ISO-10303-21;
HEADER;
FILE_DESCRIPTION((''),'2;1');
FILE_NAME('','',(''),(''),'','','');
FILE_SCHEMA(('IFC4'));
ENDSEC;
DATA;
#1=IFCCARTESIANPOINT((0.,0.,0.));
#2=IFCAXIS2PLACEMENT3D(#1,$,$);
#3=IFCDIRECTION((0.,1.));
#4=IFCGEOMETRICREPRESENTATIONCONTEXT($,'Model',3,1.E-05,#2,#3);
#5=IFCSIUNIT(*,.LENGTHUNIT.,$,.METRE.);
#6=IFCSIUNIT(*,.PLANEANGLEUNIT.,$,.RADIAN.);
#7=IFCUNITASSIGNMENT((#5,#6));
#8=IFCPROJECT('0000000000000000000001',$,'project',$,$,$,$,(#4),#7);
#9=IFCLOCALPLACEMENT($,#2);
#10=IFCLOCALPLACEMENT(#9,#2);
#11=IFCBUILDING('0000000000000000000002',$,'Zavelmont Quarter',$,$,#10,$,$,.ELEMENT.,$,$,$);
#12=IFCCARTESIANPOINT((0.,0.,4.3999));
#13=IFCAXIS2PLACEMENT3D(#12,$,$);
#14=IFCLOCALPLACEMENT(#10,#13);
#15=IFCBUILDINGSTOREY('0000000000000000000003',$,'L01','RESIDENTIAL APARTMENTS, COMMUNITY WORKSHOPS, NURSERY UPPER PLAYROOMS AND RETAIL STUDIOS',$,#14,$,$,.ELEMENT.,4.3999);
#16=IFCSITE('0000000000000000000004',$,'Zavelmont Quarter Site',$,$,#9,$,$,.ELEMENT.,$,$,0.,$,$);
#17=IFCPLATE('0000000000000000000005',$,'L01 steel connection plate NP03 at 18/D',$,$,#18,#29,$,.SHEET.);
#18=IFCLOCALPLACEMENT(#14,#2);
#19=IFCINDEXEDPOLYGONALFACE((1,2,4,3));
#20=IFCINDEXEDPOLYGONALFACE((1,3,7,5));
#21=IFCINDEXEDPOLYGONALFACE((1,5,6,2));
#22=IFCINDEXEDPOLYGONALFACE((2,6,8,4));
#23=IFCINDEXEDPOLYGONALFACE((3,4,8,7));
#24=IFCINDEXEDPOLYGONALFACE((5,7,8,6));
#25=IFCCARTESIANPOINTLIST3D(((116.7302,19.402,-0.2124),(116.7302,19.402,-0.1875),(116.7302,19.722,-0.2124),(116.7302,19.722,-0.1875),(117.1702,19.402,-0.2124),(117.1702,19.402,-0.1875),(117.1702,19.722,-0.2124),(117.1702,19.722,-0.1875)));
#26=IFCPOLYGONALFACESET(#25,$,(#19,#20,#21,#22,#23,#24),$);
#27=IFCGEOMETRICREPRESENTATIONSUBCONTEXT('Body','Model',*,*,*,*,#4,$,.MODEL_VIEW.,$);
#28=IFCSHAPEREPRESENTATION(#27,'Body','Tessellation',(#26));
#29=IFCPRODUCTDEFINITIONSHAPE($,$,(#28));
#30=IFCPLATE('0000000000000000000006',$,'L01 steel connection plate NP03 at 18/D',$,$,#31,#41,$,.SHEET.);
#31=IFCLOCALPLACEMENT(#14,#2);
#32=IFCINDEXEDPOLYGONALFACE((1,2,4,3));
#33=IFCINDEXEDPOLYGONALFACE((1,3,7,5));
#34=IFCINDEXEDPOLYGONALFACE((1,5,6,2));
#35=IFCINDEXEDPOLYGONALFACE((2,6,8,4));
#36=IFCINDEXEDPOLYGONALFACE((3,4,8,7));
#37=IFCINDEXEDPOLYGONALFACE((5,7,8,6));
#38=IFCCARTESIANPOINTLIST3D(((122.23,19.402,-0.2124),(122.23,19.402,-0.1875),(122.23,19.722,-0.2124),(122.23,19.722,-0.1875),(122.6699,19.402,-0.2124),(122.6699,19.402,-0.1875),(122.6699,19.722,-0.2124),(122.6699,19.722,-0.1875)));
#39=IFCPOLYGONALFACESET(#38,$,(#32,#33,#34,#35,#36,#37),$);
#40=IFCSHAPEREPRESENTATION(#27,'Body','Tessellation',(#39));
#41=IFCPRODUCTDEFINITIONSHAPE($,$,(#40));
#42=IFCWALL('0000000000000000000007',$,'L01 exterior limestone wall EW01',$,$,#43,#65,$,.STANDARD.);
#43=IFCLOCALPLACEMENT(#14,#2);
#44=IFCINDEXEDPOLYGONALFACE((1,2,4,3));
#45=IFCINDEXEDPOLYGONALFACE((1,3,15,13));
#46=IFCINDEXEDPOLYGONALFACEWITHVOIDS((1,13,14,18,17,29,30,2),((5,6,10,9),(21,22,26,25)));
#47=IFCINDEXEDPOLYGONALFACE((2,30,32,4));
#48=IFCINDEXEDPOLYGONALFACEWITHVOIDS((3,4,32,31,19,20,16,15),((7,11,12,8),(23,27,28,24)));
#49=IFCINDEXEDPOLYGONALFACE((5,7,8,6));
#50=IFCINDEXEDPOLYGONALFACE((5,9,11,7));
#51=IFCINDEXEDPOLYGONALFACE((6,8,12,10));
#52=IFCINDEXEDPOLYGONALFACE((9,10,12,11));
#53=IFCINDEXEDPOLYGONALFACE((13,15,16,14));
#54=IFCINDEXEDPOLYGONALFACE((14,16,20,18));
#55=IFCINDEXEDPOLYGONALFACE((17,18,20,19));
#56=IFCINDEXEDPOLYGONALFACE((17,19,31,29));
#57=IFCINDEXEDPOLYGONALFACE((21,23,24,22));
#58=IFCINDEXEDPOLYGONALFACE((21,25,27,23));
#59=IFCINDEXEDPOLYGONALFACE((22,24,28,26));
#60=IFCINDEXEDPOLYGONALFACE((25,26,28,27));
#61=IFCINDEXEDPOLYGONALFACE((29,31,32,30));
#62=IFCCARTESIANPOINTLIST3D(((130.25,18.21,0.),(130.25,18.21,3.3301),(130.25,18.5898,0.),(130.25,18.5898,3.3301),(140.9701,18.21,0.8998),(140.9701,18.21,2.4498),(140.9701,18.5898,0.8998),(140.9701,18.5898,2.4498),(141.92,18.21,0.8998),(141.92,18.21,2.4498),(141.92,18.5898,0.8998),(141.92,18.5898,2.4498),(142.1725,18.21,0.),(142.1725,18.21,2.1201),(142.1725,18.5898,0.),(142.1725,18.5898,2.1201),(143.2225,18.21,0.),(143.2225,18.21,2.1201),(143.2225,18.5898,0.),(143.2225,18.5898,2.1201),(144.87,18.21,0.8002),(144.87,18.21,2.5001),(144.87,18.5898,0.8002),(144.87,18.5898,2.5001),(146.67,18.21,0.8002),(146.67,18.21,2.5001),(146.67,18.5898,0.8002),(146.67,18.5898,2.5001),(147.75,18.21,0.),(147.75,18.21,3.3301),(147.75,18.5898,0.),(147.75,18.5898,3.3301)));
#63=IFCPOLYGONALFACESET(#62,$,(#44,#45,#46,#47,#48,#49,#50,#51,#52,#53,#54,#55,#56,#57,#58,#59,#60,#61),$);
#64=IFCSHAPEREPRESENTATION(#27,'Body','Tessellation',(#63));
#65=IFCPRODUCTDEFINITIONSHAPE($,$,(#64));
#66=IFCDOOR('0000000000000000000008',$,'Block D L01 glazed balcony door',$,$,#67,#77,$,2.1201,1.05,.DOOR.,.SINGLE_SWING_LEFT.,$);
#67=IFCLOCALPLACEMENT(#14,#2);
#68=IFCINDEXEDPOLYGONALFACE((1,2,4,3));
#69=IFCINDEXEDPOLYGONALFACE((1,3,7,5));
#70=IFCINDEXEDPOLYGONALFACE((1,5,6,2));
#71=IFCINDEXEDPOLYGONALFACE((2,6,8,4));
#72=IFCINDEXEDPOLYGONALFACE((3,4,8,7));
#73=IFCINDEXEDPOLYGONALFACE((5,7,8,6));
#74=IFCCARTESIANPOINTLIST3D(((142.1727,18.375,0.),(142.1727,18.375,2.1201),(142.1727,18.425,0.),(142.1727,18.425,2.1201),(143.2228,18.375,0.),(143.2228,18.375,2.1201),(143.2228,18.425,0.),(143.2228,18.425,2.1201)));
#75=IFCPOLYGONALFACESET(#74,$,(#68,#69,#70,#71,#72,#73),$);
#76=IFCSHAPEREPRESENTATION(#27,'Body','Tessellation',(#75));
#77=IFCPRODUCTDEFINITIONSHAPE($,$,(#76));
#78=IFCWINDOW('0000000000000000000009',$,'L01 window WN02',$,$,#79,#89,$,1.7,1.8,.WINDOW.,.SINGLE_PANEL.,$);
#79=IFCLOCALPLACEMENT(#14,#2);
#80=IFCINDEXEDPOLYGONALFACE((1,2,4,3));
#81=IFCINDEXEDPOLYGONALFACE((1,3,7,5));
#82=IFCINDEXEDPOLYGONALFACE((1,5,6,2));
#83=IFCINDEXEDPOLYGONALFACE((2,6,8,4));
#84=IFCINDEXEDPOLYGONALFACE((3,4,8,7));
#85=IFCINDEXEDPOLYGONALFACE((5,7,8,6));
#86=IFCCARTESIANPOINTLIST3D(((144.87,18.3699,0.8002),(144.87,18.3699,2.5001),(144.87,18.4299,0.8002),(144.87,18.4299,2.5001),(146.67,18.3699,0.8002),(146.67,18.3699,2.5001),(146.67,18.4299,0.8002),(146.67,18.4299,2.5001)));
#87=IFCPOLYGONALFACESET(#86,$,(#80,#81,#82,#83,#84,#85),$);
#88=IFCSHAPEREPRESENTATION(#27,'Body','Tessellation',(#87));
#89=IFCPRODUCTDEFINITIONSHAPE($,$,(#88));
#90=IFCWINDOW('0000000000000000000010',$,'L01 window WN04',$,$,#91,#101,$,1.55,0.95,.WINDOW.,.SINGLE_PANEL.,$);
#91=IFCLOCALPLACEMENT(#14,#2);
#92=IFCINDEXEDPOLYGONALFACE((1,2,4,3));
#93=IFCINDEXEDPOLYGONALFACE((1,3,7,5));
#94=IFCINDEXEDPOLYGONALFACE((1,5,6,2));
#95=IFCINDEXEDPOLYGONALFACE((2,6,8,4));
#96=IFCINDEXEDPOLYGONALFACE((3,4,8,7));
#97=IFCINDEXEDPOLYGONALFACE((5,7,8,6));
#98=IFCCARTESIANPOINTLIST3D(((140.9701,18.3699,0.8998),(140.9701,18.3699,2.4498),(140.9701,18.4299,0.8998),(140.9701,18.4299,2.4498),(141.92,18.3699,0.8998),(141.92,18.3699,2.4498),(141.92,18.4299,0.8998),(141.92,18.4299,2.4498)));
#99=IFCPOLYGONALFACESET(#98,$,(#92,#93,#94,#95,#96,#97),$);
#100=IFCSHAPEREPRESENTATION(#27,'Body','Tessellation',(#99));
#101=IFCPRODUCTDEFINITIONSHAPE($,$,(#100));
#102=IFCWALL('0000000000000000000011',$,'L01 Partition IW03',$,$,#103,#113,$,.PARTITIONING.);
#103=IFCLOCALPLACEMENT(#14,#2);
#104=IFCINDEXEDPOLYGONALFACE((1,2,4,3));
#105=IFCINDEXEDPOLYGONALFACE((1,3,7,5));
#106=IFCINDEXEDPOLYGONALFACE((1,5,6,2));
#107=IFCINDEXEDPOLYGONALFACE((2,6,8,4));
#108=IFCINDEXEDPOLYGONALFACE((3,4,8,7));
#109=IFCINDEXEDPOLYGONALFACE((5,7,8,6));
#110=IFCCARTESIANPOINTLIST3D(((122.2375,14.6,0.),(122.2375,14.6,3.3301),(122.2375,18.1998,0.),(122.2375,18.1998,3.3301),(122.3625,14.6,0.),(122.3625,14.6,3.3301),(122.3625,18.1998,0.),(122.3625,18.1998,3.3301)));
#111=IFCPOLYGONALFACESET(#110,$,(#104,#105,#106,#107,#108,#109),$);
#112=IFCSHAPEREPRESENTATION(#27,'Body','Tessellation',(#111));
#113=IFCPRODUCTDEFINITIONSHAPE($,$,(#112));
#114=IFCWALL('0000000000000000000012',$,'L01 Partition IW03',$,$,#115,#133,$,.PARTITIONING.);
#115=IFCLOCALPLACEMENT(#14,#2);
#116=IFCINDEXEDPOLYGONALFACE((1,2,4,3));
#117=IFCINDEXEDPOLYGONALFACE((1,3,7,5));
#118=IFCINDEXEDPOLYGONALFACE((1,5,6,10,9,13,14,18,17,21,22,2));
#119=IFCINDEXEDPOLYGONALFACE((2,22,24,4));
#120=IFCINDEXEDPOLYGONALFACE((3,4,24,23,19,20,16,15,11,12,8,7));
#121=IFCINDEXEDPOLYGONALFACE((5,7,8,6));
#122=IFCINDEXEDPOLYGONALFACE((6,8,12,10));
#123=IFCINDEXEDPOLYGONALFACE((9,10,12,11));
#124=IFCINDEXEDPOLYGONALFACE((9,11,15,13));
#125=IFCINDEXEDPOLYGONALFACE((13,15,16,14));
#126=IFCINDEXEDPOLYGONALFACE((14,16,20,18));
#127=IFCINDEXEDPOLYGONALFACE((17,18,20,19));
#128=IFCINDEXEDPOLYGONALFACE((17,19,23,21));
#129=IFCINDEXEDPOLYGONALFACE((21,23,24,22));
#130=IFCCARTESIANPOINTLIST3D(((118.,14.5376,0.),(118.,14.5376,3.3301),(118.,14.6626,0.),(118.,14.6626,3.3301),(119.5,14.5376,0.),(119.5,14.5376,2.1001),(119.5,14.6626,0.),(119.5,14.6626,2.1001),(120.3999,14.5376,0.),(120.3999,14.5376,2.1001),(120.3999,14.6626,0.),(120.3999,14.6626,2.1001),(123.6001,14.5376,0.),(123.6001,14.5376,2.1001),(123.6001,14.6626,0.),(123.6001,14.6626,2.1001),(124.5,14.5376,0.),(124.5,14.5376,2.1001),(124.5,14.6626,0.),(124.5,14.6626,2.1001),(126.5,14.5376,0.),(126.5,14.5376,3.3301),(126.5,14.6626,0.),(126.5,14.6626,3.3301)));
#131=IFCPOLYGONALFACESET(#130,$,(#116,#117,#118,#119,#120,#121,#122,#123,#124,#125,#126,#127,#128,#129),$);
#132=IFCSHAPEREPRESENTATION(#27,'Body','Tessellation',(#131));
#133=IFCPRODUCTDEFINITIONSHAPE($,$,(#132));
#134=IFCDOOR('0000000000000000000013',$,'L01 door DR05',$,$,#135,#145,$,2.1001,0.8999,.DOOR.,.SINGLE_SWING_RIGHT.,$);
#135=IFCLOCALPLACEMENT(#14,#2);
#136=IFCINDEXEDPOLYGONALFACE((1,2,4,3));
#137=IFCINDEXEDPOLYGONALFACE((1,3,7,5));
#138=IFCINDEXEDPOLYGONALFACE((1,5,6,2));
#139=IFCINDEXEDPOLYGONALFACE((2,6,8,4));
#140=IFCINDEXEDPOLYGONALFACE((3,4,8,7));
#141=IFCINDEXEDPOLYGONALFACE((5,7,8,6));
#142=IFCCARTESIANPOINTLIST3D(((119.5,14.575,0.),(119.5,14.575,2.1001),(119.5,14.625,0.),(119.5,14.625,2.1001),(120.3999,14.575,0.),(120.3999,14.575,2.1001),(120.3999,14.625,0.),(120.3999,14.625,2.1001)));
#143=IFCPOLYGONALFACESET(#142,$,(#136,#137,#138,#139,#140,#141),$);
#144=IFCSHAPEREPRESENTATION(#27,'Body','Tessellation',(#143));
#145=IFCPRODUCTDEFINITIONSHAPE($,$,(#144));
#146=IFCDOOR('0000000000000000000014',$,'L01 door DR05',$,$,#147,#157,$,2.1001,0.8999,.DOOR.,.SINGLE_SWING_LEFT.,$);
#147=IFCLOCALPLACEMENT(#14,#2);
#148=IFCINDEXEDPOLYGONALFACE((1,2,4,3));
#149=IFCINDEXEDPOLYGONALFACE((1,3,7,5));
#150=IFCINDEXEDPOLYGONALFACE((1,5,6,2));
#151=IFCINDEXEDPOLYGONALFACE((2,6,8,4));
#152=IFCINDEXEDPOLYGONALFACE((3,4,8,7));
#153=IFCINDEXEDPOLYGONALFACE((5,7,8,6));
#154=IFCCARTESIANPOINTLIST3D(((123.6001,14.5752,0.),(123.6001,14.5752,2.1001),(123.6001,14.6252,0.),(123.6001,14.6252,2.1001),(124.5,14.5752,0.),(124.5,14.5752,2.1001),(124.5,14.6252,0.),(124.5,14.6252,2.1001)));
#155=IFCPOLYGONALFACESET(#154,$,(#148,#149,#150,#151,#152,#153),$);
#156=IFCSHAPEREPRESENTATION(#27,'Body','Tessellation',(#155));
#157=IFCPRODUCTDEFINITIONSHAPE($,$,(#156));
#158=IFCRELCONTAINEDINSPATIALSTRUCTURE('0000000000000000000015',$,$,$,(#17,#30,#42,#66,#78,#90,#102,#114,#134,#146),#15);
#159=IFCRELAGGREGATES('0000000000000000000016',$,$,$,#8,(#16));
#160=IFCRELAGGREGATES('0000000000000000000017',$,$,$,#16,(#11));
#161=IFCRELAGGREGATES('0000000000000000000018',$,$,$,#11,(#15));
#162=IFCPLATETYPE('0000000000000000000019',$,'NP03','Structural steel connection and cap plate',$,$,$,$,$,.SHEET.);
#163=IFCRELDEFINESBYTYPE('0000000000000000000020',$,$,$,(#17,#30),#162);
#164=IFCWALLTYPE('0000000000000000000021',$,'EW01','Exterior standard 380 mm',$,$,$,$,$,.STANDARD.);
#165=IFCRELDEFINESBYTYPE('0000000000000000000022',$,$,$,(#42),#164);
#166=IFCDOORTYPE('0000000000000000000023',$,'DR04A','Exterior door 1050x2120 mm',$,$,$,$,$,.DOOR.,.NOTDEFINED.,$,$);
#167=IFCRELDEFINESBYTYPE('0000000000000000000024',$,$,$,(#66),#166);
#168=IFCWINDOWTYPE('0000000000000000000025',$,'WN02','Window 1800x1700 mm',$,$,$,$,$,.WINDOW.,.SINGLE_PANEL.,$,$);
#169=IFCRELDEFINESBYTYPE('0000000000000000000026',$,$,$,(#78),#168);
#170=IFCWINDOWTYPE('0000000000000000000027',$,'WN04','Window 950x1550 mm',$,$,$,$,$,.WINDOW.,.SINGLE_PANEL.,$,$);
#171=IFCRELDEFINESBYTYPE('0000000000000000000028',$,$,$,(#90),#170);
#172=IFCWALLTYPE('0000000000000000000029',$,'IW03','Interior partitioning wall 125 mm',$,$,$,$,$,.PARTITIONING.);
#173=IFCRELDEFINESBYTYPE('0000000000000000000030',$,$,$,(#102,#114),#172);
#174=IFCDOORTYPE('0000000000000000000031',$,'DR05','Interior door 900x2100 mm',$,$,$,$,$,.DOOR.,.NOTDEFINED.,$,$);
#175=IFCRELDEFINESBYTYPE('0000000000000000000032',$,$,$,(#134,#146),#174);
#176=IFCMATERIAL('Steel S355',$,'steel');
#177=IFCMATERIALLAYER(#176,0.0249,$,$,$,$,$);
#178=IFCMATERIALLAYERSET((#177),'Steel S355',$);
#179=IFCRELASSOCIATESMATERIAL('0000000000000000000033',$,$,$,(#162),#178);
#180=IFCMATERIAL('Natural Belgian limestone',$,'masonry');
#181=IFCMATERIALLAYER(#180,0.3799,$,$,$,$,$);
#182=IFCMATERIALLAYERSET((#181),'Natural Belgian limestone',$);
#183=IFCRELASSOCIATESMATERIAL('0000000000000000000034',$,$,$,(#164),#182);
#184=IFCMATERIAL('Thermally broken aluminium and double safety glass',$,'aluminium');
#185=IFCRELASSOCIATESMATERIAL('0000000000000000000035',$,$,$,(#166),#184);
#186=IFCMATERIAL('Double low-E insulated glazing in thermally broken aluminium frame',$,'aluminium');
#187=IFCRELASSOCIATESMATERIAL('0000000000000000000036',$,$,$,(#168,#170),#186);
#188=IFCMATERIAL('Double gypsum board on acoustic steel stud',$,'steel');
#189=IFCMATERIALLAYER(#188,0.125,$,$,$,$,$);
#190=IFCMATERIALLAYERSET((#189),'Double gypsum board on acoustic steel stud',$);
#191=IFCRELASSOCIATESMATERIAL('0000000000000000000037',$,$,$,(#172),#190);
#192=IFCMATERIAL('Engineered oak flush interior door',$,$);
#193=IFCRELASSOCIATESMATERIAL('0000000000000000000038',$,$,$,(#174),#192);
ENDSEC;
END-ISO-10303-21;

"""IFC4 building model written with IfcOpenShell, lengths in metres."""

from ifc_helpers import new_model, si_unit, direction, frame, frame_2d, origin, origin_with_axes, origin_2d, place, context, subcontext, project, spatial, rectangle, extrude, material, layer, layer_set, type_object, element, fill, save


model = new_model("IFC4")

# Units and contexts
model_context = context("Model", 3, precision=1e-05, world=origin(), true_north=direction((0.0, 1.0)))
body_context = subcontext(model_context, "Body", "Model", "MODEL_VIEW")
ifc_project = project(units=[si_unit("LENGTHUNIT", "METRE"), si_unit("PLANEANGLEUNIT", "RADIAN")], contexts=[model_context])

# Site, building, storey
site_placement = place(None, origin())
site = spatial("IfcSite", under=ifc_project, at=site_placement, Name="Zavelmont Quarter Site", CompositionType="ELEMENT", RefElevation=0.0)
building_placement = place(site_placement, origin())
building = spatial("IfcBuilding", under=site, at=building_placement, Name="Zavelmont Quarter", CompositionType="ELEMENT")
storey_placement = place(building_placement, frame((0.0, 0.0, 4.3999)))
storey = spatial("IfcBuildingStorey", under=building, at=storey_placement, Name="L01", Description="RESIDENTIAL APARTMENTS, COMMUNITY WORKSHOPS, NURSERY UPPER PLAYROOMS AND RETAIL STUDIOS", CompositionType="ELEMENT", Elevation=4.3999)

# Shared definitions
ifc_material_1 = material(Name="Steel S355", Category="steel")

# Plates
ifc_layer_1 = layer(ifc_material_1, 0.0249)
ifc_layer_set_1 = layer_set([ifc_layer_1], Name="Steel S355")
plate_type = type_object("IfcPlateType", Name="NP03", Description="Structural steel connection and cap plate", PredefinedType="SHEET", material=ifc_layer_set_1)
for number, where, z_axis, x_axis, name in (
    (1, (116.9502, 19.562, -0.2124), (0.0, 0.0, 1.0), (1.0, 0.0, 0.0), "L01 steel connection plate NP03 at 18/D"),
    (2, (122.45, 19.562, -0.2124), (0.0, 0.0, 1.0), (1.0, 0.0, 0.0), "L01 steel connection plate NP03 at 18/D"),
):
    element("IfcPlate", number, at=place(storey_placement, frame(where, z_axis=z_axis, x_axis=x_axis)), inside=storey, type_object=plate_type, Name=name, PredefinedType="SHEET", context=body_context, shape_type="SweptSolid", body=[
        extrude(rectangle(XDim=0.4399, YDim=0.3201, at=origin_2d()), origin(), (0.0, 0.0, 1.0), 0.0249),
    ])

# Wall, openings, door, windows
ifc_material_2 = material(Name="Natural Belgian limestone", Category="masonry")
ifc_layer_2 = layer(ifc_material_2, 0.3799)
ifc_layer_set_2 = layer_set([ifc_layer_2], Name="Natural Belgian limestone")
wall_type_1 = type_object("IfcWallType", Name="EW01", Description="Exterior standard 380 mm", PredefinedType="STANDARD", material=ifc_layer_set_2)
wall_1_placement = place(storey_placement, frame((130.25, 18.3999, 0.0), z_axis=(0.0, 0.0, 1.0), x_axis=(1.0, 0.0, 0.0)))
wall_1 = element("IfcWall", 3, at=wall_1_placement, inside=storey, type_object=wall_type_1, Name="L01 exterior limestone wall EW01", PredefinedType="STANDARD", context=body_context, shape_type="SweptSolid", body=[
    extrude(rectangle(XDim=17.5, YDim=0.3799, at=frame_2d((8.75, 0.0))), origin(), (0.0, 0.0, 1.0), 3.3301),
])
opening_1_placement = place(wall_1_placement, frame((11.9226, 0.0, 0.0)))
opening_1 = element("IfcOpeningElement", 4, at=opening_1_placement, cuts=wall_1, PredefinedType="OPENING", context=body_context, shape_type="SweptSolid", body=[
    extrude(rectangle(XDim=1.05, YDim=2.1201, at=frame_2d((0.5249, 1.0601))), frame((0.0, 0.2019, 0.0), z_axis=(0.0, -1.0, 0.0), x_axis=(1.0, 0.0, 0.0)), (0.0, 0.0, 1.0), 0.4038),
])
opening_2_placement = place(wall_1_placement, frame((10.72, 0.0, 0.8999)))
opening_2 = element("IfcOpeningElement", 5, at=opening_2_placement, cuts=wall_1, PredefinedType="OPENING", context=body_context, shape_type="SweptSolid", body=[
    extrude(rectangle(XDim=0.95, YDim=1.55, at=frame_2d((0.4751, 0.7749))), frame((0.0, 0.2019, 0.0), z_axis=(0.0, -1.0, 0.0), x_axis=(1.0, 0.0, 0.0)), (0.0, 0.0, 1.0), 0.4038),
])
opening_3_placement = place(wall_1_placement, frame((14.6201, 0.0, 0.8)))
opening_3 = element("IfcOpeningElement", 6, at=opening_3_placement, cuts=wall_1, PredefinedType="OPENING", context=body_context, shape_type="SweptSolid", body=[
    extrude(rectangle(XDim=1.8, YDim=1.7, at=frame_2d((0.8999, 0.8501))), frame((0.0, 0.2019, 0.0), z_axis=(0.0, -1.0, 0.0), x_axis=(1.0, 0.0, 0.0)), (0.0, 0.0, 1.0), 0.4038),
])
ifc_material_3 = material(Name="Thermally broken aluminium and double safety glass", Category="aluminium")
door_type_1 = type_object("IfcDoorType", Name="DR04A", Description="Exterior door 1050x2120 mm", OperationType="NOTDEFINED", PredefinedType="DOOR", material=ifc_material_3)
door_1_placement = place(opening_1_placement, frame((1.05, 0.0, 0.0), z_axis=(0.0, 0.0, 1.0), x_axis=(-1.0, 0.0, 0.0)))
door_1 = element("IfcDoor", 7, at=door_1_placement, inside=storey, type_object=door_type_1, Name="Block D L01 glazed balcony door", OperationType="SINGLE_SWING_LEFT", OverallHeight=2.1201, OverallWidth=1.05, PredefinedType="DOOR", context=body_context, shape_type="SweptSolid", body=[
    extrude(rectangle(XDim=1.05, YDim=2.1201, at=frame_2d((0.5249, 1.0601))), frame((0.0, 0.0249, 0.0), z_axis=(0.0, -1.0, 0.0), x_axis=(1.0, 0.0, 0.0)), (0.0, 0.0, 1.0), 0.05),
])
fill(opening_1, door_1)
ifc_material_4 = material(Name="Double low-E insulated glazing in thermally broken aluminium frame", Category="aluminium")
window_type_1 = type_object("IfcWindowType", Name="WN02", Description="Window 1800x1700 mm", PartitioningType="SINGLE_PANEL", PredefinedType="WINDOW", material=ifc_material_4)
window_1_placement = place(opening_3_placement, origin_with_axes())
window_1 = element("IfcWindow", 8, at=window_1_placement, inside=storey, type_object=window_type_1, Name="L01 window WN02", OverallHeight=1.7, OverallWidth=1.8, PartitioningType="SINGLE_PANEL", PredefinedType="WINDOW", context=body_context, shape_type="SweptSolid", body=[
    extrude(rectangle(XDim=1.8, YDim=1.7, at=frame_2d((0.8999, 0.8501))), frame((0.0, 0.03, 0.0), z_axis=(0.0, -1.0, 0.0), x_axis=(1.0, 0.0, 0.0)), (0.0, 0.0, 1.0), 0.0601),
])
fill(opening_3, window_1)
window_type_2 = type_object("IfcWindowType", Name="WN04", Description="Window 950x1550 mm", PartitioningType="SINGLE_PANEL", PredefinedType="WINDOW", material=ifc_material_4)
window_2_placement = place(opening_2_placement, origin_with_axes())
window_2 = element("IfcWindow", 9, at=window_2_placement, inside=storey, type_object=window_type_2, Name="L01 window WN04", OverallHeight=1.55, OverallWidth=0.95, PartitioningType="SINGLE_PANEL", PredefinedType="WINDOW", context=body_context, shape_type="SweptSolid", body=[
    extrude(rectangle(XDim=0.95, YDim=1.55, at=frame_2d((0.4751, 0.7749))), frame((0.0, 0.03, 0.0), z_axis=(0.0, -1.0, 0.0), x_axis=(1.0, 0.0, 0.0)), (0.0, 0.0, 1.0), 0.0601),
])
fill(opening_2, window_2)

# Wall
ifc_material_5 = material(Name="Double gypsum board on acoustic steel stud", Category="steel")
ifc_layer_3 = layer(ifc_material_5, 0.125)
ifc_layer_set_3 = layer_set([ifc_layer_3], Name="Double gypsum board on acoustic steel stud")
wall_type_2 = type_object("IfcWallType", Name="IW03", Description="Interior partitioning wall 125 mm", PredefinedType="PARTITIONING", material=ifc_layer_set_3)
wall_2_placement = place(storey_placement, frame((122.3, 14.6001, 0.0), z_axis=(0.0, 0.0, 1.0), x_axis=(0.0, 1.0, 0.0)))
element("IfcWall", 10, at=wall_2_placement, inside=storey, type_object=wall_type_2, Name="L01 Partition IW03", PredefinedType="PARTITIONING", context=body_context, shape_type="SweptSolid", body=[
    extrude(rectangle(XDim=3.5999, YDim=0.125, at=frame_2d((1.7998, 0.0))), origin(), (0.0, 0.0, 1.0), 3.3301),
])

# Wall, openings, doors
wall_3_placement = place(storey_placement, frame((118.0, 14.6001, 0.0), z_axis=(0.0, 0.0, 1.0), x_axis=(1.0, 0.0, 0.0)))
wall_3 = element("IfcWall", 11, at=wall_3_placement, inside=storey, type_object=wall_type_2, Name="L01 Partition IW03", PredefinedType="PARTITIONING", context=body_context, shape_type="SweptSolid", body=[
    extrude(rectangle(XDim=8.5, YDim=0.125, at=frame_2d((4.25, 0.0))), origin(), (0.0, 0.0, 1.0), 3.3301),
])
opening_4_placement = place(wall_3_placement, frame((1.5, 0.0, 0.0)))
opening_4 = element("IfcOpeningElement", 12, at=opening_4_placement, cuts=wall_3, PredefinedType="OPENING", context=body_context, shape_type="SweptSolid", body=[
    extrude(rectangle(XDim=0.8999, YDim=2.1001, at=frame_2d((0.45, 1.05))), frame((0.0, 0.0745, 0.0), z_axis=(0.0, -1.0, 0.0), x_axis=(1.0, 0.0, 0.0)), (0.0, 0.0, 1.0), 0.1489),
])
opening_5_placement = place(wall_3_placement, frame((5.6001, 0.0, 0.0)))
opening_5 = element("IfcOpeningElement", 13, at=opening_5_placement, cuts=wall_3, PredefinedType="OPENING", context=body_context, shape_type="SweptSolid", body=[
    extrude(rectangle(XDim=0.8999, YDim=2.1001, at=frame_2d((0.45, 1.05))), frame((0.0, 0.0745, 0.0), z_axis=(0.0, -1.0, 0.0), x_axis=(1.0, 0.0, 0.0)), (0.0, 0.0, 1.0), 0.1489),
])
ifc_material_6 = material(Name="Engineered oak flush interior door")
door_type_2 = type_object("IfcDoorType", Name="DR05", Description="Interior door 900x2100 mm", OperationType="NOTDEFINED", PredefinedType="DOOR", material=ifc_material_6)
door_2_placement = place(opening_4_placement, origin_with_axes())
door_2 = element("IfcDoor", 14, at=door_2_placement, inside=storey, type_object=door_type_2, Name="L01 door DR05", OperationType="SINGLE_SWING_RIGHT", OverallHeight=2.1001, OverallWidth=0.8999, PredefinedType="DOOR", context=body_context, shape_type="SweptSolid", body=[
    extrude(rectangle(XDim=0.8999, YDim=2.1001, at=frame_2d((0.45, 1.05))), frame((0.0, 0.0249, 0.0), z_axis=(0.0, -1.0, 0.0), x_axis=(1.0, 0.0, 0.0)), (0.0, 0.0, 1.0), 0.05),
])
fill(opening_4, door_2)
door_3_placement = place(opening_5_placement, frame((0.8999, 0.0, 0.0), z_axis=(0.0, 0.0, 1.0), x_axis=(-1.0, 0.0, 0.0)))
door_3 = element("IfcDoor", 15, at=door_3_placement, inside=storey, type_object=door_type_2, Name="L01 door DR05", OperationType="SINGLE_SWING_LEFT", OverallHeight=2.1001, OverallWidth=0.8999, PredefinedType="DOOR", context=body_context, shape_type="SweptSolid", body=[
    extrude(rectangle(XDim=0.8999, YDim=2.1001, at=frame_2d((0.45, 1.05))), frame((0.0, 0.0249, 0.0), z_axis=(0.0, -1.0, 0.0), x_axis=(1.0, 0.0, 0.0)), (0.0, 0.0, 1.0), 0.05),
])
fill(opening_5, door_3)

save(model, "model.ifc")
